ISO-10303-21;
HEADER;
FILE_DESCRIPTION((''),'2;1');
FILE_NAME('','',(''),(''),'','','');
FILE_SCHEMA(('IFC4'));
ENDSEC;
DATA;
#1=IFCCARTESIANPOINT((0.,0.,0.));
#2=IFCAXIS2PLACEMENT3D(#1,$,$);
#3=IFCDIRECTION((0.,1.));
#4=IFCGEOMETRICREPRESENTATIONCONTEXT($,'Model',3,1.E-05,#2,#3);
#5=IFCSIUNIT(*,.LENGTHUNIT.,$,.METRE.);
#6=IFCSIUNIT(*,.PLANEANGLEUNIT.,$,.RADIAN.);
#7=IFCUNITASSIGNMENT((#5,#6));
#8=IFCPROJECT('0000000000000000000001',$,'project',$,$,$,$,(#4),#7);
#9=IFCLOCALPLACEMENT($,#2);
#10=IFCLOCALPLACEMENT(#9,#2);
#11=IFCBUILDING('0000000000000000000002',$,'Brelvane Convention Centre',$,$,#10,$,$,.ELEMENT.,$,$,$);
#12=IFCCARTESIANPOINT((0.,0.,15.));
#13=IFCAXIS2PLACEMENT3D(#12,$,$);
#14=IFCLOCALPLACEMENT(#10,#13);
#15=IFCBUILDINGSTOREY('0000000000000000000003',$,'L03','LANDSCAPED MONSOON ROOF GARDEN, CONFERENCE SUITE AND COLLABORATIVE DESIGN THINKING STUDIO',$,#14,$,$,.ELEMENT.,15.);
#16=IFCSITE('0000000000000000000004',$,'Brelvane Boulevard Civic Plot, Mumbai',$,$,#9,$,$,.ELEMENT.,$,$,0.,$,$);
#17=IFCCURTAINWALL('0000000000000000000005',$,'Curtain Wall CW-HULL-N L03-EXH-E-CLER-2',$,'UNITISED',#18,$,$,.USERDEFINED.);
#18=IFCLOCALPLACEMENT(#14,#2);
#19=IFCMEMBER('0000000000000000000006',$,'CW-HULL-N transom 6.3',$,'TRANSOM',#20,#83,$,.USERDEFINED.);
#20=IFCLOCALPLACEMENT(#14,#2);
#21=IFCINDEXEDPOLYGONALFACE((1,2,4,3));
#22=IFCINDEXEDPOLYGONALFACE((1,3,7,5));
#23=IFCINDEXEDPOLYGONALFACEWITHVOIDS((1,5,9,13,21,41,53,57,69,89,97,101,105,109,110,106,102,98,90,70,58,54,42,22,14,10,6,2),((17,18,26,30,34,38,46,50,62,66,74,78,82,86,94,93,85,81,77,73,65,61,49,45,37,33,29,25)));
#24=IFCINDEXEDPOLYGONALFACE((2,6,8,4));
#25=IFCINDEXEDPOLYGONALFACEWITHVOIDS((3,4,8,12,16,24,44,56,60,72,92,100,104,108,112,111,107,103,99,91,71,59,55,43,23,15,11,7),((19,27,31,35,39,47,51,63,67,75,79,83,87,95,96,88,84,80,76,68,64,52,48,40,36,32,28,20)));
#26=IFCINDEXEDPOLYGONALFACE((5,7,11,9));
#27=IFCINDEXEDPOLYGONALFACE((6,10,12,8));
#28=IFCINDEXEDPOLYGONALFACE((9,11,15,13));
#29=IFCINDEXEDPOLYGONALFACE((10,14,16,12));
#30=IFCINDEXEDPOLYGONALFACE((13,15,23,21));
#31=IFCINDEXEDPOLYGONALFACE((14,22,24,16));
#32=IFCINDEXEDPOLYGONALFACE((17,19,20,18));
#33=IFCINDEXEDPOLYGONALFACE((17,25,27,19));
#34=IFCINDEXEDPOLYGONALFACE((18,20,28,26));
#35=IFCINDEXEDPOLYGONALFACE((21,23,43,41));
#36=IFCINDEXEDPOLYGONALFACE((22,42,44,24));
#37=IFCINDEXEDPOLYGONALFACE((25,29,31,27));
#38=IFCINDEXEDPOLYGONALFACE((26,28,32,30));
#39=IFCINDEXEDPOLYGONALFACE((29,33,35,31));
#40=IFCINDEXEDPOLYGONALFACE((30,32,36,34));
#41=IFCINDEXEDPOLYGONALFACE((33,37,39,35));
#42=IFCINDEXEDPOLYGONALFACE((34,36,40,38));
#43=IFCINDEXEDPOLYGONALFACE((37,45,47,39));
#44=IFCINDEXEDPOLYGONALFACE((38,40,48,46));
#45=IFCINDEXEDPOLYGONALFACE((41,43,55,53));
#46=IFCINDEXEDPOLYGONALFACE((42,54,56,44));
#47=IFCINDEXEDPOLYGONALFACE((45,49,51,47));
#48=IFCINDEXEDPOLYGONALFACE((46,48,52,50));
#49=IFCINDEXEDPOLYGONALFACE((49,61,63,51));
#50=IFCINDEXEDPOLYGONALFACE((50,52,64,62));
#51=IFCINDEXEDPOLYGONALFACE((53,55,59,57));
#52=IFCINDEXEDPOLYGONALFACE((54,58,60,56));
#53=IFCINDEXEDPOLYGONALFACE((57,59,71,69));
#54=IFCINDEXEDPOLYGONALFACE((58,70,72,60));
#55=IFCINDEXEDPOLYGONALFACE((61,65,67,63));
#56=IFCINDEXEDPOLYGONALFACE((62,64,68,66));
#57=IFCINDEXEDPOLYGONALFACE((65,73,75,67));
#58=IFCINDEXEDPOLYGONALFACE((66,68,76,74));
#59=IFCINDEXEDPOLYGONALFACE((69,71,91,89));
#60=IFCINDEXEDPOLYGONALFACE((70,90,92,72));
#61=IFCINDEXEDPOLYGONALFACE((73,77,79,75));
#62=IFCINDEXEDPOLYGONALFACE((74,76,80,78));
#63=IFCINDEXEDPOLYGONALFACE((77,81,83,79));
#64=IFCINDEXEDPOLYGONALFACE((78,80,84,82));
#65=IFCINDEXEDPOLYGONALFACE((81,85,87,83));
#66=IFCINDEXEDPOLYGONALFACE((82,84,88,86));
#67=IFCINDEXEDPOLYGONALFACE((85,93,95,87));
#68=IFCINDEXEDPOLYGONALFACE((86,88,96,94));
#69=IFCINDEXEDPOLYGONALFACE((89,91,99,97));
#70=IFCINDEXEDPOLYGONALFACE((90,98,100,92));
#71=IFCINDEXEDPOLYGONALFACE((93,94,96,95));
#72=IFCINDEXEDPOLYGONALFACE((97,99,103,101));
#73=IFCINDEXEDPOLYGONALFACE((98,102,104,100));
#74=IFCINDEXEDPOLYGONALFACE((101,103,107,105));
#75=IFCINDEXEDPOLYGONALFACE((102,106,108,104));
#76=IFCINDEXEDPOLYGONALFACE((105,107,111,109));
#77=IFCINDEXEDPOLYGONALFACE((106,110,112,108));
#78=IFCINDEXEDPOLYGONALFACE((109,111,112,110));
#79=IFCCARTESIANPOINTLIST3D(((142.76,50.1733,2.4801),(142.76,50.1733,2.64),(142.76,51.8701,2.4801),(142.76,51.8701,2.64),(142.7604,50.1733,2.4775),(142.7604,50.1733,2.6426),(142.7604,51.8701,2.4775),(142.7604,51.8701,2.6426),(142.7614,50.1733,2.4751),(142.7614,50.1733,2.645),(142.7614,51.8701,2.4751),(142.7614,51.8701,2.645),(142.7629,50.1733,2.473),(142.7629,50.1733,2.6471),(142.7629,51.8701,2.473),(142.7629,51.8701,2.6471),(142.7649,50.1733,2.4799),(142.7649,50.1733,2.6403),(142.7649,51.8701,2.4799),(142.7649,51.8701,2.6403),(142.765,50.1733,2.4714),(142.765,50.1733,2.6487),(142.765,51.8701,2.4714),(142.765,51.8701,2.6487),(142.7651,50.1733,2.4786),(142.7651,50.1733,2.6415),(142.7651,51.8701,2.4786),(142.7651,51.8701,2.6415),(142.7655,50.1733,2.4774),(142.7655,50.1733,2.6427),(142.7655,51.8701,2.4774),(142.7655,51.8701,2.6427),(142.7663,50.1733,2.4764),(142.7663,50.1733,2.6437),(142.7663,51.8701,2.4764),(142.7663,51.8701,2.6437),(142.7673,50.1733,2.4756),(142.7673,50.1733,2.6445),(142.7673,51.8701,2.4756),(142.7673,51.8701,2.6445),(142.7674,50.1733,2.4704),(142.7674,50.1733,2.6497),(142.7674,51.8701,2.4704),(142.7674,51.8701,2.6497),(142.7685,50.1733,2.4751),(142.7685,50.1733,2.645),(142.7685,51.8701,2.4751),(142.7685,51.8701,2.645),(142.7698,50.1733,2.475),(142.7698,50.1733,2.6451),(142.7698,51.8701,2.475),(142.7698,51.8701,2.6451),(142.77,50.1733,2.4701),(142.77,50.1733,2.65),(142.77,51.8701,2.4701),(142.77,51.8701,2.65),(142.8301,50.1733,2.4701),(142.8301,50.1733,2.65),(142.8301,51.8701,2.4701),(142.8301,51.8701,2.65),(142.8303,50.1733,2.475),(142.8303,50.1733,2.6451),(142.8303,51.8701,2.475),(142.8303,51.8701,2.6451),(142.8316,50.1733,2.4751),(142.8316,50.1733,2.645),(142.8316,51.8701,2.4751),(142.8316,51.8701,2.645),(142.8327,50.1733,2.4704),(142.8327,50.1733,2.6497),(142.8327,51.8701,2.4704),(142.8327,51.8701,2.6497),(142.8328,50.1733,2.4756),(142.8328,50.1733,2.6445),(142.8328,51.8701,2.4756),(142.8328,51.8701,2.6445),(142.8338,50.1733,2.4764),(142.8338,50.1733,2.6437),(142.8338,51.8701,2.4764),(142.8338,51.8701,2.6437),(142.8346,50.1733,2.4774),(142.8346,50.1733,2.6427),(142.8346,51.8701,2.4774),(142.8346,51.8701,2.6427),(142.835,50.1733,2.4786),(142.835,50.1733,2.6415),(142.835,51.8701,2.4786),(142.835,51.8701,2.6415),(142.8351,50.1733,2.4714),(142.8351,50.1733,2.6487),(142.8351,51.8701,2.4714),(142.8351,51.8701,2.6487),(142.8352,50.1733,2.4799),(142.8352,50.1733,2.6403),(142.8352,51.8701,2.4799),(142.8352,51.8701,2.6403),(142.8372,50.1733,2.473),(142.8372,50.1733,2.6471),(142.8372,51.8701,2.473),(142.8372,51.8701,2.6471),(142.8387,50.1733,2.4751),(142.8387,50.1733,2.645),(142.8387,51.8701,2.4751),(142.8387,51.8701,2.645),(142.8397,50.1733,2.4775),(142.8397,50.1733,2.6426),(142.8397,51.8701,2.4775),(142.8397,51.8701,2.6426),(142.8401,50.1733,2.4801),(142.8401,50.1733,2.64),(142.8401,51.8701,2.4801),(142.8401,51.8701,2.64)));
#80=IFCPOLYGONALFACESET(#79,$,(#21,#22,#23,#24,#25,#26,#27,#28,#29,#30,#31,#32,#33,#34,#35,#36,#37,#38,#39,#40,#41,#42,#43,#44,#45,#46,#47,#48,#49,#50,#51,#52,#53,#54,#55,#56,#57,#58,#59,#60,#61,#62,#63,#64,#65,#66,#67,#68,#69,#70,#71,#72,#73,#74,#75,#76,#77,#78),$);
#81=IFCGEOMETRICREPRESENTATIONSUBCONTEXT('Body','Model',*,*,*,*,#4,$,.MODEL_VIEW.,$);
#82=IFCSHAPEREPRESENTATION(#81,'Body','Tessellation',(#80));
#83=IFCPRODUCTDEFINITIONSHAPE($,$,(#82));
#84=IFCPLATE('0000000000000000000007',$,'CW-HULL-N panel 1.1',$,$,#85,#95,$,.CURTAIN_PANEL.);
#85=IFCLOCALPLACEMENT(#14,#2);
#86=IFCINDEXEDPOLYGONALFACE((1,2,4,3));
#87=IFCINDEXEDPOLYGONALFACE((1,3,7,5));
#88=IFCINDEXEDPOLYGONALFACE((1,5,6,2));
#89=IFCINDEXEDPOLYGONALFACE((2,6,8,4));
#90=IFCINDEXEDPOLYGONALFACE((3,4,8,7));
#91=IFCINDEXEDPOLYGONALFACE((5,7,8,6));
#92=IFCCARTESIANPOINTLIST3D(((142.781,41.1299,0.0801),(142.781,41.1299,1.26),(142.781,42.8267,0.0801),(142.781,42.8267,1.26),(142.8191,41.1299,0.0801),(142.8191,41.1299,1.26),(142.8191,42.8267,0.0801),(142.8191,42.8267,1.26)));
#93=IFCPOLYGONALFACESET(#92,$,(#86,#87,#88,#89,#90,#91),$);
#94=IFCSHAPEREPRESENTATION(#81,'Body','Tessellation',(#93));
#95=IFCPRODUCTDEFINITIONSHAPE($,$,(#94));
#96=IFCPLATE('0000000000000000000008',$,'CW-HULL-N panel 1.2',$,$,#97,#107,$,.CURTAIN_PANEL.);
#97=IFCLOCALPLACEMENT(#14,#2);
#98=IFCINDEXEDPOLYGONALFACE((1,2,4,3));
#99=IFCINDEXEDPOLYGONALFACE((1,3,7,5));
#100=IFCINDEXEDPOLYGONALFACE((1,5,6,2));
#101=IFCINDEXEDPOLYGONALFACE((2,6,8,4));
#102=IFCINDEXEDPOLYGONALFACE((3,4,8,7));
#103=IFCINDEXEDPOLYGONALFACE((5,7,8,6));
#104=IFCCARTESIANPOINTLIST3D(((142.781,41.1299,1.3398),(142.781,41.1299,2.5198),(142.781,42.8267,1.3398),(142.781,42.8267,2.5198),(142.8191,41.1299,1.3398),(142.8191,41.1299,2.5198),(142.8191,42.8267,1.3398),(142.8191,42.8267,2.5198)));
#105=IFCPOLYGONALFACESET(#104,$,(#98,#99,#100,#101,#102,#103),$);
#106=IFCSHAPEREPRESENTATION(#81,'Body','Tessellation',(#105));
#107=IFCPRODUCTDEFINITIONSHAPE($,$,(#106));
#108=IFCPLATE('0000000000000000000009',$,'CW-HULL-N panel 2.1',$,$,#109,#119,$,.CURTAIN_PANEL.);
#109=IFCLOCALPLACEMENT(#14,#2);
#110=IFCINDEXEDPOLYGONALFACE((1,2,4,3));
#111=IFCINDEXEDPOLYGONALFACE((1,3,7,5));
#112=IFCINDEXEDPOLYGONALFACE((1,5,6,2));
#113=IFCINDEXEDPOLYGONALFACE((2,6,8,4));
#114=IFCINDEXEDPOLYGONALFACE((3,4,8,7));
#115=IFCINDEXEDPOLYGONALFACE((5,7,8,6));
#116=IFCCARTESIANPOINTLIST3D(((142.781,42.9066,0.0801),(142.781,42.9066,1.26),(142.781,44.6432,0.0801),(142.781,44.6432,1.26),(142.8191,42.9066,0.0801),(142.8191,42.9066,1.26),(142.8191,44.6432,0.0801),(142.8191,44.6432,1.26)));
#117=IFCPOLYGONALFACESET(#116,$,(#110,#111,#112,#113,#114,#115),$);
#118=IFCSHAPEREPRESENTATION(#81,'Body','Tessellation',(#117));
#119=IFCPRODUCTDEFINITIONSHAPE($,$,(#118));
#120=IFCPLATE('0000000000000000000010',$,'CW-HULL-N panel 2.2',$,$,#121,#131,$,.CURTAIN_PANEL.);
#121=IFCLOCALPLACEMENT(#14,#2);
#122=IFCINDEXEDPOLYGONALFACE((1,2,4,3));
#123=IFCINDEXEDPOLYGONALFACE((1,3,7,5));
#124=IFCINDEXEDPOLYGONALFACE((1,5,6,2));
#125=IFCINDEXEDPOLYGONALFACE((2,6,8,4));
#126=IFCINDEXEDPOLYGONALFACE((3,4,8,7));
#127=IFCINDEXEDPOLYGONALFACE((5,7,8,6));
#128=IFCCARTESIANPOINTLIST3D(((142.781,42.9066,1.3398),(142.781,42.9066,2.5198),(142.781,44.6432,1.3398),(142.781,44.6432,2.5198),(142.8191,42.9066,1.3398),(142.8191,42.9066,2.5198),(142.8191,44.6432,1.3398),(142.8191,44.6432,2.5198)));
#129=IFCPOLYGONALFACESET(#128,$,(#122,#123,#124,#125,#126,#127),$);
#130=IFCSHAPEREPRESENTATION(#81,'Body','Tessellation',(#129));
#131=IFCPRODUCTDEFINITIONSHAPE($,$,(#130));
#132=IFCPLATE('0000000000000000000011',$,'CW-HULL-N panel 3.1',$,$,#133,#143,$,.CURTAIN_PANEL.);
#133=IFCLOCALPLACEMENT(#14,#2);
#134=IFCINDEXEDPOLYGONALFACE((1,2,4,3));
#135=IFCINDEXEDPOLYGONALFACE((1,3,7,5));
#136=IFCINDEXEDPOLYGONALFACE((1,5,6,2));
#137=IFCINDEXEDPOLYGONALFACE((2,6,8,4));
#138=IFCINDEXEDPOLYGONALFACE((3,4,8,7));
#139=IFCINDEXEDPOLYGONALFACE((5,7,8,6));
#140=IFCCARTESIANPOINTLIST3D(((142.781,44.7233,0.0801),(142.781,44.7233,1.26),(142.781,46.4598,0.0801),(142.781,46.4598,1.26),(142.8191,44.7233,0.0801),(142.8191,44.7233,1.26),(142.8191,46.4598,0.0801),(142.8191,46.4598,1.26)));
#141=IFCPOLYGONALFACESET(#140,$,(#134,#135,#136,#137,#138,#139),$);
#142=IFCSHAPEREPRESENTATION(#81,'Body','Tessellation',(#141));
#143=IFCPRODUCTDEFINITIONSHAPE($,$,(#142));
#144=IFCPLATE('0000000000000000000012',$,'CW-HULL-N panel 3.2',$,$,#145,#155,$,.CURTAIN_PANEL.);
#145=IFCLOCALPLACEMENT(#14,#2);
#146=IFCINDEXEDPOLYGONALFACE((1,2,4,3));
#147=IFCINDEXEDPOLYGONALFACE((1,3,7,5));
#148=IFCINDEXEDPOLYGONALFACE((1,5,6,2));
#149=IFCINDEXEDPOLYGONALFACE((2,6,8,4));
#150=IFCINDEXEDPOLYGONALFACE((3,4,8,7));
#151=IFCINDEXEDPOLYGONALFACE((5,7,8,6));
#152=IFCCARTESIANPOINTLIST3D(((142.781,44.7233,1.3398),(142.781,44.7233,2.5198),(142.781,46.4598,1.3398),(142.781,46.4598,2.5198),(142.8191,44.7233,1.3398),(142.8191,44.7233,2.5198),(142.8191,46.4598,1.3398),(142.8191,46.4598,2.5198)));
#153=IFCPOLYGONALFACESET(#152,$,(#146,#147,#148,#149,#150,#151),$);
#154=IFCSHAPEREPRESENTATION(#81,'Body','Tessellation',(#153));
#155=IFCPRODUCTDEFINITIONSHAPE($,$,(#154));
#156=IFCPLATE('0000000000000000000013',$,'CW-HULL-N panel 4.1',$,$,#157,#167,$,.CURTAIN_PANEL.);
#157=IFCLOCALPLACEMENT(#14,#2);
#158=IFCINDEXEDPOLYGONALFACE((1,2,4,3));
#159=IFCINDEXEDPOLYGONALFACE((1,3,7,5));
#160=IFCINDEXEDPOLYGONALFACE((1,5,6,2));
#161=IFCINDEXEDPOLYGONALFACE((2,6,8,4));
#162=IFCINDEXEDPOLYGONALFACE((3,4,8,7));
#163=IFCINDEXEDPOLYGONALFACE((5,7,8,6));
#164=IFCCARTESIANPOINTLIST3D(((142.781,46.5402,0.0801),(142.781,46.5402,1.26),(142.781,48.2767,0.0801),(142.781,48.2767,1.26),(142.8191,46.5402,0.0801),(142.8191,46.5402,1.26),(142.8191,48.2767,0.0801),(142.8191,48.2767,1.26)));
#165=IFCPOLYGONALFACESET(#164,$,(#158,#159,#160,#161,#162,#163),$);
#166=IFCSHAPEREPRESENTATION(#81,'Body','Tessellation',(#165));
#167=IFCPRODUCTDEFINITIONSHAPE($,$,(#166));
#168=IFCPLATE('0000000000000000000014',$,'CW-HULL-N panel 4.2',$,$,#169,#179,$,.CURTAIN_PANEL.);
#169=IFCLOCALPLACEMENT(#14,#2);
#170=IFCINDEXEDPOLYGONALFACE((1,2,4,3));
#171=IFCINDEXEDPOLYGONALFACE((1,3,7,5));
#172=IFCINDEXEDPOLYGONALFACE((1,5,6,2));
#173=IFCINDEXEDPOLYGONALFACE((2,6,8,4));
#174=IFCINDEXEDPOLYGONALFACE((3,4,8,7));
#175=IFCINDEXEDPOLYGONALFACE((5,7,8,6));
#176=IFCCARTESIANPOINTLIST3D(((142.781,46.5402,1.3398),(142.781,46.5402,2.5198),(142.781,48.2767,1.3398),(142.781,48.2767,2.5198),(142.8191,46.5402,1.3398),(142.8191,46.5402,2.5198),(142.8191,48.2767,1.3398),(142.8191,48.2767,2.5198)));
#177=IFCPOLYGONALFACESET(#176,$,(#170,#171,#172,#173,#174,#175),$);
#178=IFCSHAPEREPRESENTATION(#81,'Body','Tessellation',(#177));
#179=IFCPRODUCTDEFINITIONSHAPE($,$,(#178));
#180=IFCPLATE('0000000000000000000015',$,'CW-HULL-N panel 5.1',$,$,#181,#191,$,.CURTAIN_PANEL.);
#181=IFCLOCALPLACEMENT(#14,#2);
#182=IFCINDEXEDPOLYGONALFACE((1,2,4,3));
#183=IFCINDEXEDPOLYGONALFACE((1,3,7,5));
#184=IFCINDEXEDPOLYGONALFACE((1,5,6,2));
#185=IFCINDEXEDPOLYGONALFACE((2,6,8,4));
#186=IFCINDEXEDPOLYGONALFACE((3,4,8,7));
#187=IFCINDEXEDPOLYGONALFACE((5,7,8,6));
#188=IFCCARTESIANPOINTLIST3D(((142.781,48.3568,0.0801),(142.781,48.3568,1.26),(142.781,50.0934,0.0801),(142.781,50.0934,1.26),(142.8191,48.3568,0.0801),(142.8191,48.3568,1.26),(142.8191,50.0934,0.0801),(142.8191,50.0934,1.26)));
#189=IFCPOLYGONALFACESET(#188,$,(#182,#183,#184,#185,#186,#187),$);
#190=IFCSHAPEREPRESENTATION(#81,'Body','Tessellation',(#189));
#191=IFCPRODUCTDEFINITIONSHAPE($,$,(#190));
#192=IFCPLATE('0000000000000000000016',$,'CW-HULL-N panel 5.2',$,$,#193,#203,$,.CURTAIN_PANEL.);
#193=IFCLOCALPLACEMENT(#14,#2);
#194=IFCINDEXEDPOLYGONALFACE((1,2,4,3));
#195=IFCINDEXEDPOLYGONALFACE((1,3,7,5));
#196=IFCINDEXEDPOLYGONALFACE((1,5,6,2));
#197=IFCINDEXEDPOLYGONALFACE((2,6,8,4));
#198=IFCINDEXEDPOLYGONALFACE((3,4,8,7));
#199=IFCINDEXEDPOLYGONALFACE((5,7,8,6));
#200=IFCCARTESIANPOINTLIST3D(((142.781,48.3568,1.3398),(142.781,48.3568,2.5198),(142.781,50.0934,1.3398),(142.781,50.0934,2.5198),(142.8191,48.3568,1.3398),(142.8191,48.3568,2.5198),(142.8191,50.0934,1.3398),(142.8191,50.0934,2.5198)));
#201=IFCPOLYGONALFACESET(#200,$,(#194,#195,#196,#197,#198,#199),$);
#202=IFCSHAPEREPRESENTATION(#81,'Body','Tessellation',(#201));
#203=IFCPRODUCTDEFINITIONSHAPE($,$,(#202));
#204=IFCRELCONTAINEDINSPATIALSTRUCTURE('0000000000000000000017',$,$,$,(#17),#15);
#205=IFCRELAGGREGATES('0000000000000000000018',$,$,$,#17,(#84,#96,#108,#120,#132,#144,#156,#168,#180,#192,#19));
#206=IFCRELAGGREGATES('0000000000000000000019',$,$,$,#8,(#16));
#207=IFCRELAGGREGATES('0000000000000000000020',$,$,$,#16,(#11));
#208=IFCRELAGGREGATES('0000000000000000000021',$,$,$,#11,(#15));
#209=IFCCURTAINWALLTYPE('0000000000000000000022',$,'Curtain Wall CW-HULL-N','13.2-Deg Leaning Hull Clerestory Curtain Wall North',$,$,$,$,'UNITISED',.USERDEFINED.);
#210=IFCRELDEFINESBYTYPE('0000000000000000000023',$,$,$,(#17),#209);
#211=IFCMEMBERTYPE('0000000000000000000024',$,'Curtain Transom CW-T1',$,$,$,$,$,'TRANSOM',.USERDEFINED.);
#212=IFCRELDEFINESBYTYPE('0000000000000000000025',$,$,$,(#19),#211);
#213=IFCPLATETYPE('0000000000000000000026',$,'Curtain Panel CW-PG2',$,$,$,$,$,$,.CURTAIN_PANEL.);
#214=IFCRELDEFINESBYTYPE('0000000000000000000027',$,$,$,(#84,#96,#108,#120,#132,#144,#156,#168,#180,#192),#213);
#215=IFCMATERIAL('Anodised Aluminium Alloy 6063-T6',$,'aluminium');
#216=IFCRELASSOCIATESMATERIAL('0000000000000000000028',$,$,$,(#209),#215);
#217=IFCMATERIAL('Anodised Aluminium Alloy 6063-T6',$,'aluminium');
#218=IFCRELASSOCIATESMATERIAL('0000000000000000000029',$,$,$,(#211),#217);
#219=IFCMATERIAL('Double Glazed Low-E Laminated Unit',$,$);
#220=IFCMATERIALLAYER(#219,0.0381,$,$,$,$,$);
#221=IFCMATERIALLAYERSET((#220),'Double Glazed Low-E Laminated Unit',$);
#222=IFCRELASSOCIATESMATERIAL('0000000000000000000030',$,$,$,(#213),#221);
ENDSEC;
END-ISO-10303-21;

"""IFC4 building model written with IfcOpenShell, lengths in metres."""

from ifc_helpers import new_model, si_unit, direction, frame, origin, origin_2d, place, context, subcontext, project, spatial, rectangle, hollow_rectangle, extrude, material, layer, layer_set, material_profile, profile_set, type_object, element, aggregate, save


model = new_model("IFC4")

# Units and contexts
model_context = context("Model", 3, precision=1e-05, world=origin(), true_north=direction((0.0, 1.0)))
body_context = subcontext(model_context, "Body", "Model", "MODEL_VIEW")
ifc_project = project(units=[si_unit("LENGTHUNIT", "METRE"), si_unit("PLANEANGLEUNIT", "RADIAN")], contexts=[model_context])

# Site, building, storey
site_placement = place(None, origin())
site = spatial("IfcSite", under=ifc_project, at=site_placement, Name="Brelvane Boulevard Civic Plot, Mumbai", CompositionType="ELEMENT", RefElevation=0.0)
building_placement = place(site_placement, origin())
building = spatial("IfcBuilding", under=site, at=building_placement, Name="Brelvane Convention Centre", CompositionType="ELEMENT")
storey_placement = place(building_placement, frame((0.0, 0.0, 15.0)))
storey = spatial("IfcBuildingStorey", under=building, at=storey_placement, Name="L03", Description="LANDSCAPED MONSOON ROOF GARDEN, CONFERENCE SUITE AND COLLABORATIVE DESIGN THINKING STUDIO", CompositionType="ELEMENT", Elevation=15.0)

# Curtain wall, member, plates
ifc_material_1 = material(Name="Anodised Aluminium Alloy 6063-T6", Category="aluminium")
curtain_wall_type = type_object("IfcCurtainWallType", Name="Curtain Wall CW-HULL-N", Description="13.2-Deg Leaning Hull Clerestory Curtain Wall North", ElementType="UNITISED", PredefinedType="USERDEFINED", material=ifc_material_1)
curtain_wall_placement = place(storey_placement, origin())
curtain_wall = element("IfcCurtainWall", 1, at=curtain_wall_placement, inside=storey, type_object=curtain_wall_type, Name="Curtain Wall CW-HULL-N L03-EXH-E-CLER-2", ObjectType="UNITISED", PredefinedType="USERDEFINED")
ifc_material_2 = material(Name="Anodised Aluminium Alloy 6063-T6", Category="aluminium")
ifc_material_profile_1 = material_profile(ifc_material_2, hollow_rectangle(XDim=0.0801, YDim=0.1799, WallThickness=0.0049, InnerFilletRadius=0.0049, OuterFilletRadius=0.01, at=origin_2d()), Name="ALU-T 180x80x5.0")
ifc_profile_set_1 = profile_set([ifc_material_profile_1], Name="Anodised Aluminium Alloy 6063-T6")
member_type_1 = type_object("IfcMemberType", Name="Curtain Transom CW-T1", ElementType="TRANSOM", PredefinedType="USERDEFINED", material=ifc_profile_set_1)
member_1_placement = place(storey_placement, frame((142.8, 50.1733, 2.5601), z_axis=(0.0, 1.0, 0.0), x_axis=(-1.0, 0.0, 0.0)))
member_1 = element("IfcMember", 2, at=member_1_placement, type_object=member_type_1, Name="CW-HULL-N transom 6.3", ObjectType="TRANSOM", PredefinedType="USERDEFINED", context=body_context, shape_type="SweptSolid", body=[
    extrude(hollow_rectangle(XDim=0.0801, YDim=0.1799, WallThickness=0.0049, InnerFilletRadius=0.0049, OuterFilletRadius=0.01, at=origin_2d()), origin(), (0.0, 0.0, 1.0), 1.6968),
])
ifc_material_3 = material(Name="Double Glazed Low-E Laminated Unit")
ifc_layer = layer(ifc_material_3, 0.0381)
ifc_layer_set = layer_set([ifc_layer], Name="Double Glazed Low-E Laminated Unit")
plate_type = type_object("IfcPlateType", Name="Curtain Panel CW-PG2", PredefinedType="CURTAIN_PANEL", material=ifc_layer_set)
plate_1_placement = place(storey_placement, frame((142.8, 41.9783, 0.0801), z_axis=(0.0, 0.0, 1.0), x_axis=(0.0, 1.0, 0.0)))
plate_1 = element("IfcPlate", 3, at=plate_1_placement, type_object=plate_type, Name="CW-HULL-N panel 1.1", PredefinedType="CURTAIN_PANEL", context=body_context, shape_type="SweptSolid", body=[
    extrude(rectangle(XDim=1.6968, YDim=0.0381, at=origin_2d()), origin(), (0.0, 0.0, 1.0), 1.1799),
])
plate_2_placement = place(storey_placement, frame((142.8, 41.9783, 1.3398), z_axis=(0.0, 0.0, 1.0), x_axis=(0.0, 1.0, 0.0)))
plate_2 = element("IfcPlate", 4, at=plate_2_placement, type_object=plate_type, Name="CW-HULL-N panel 1.2", PredefinedType="CURTAIN_PANEL", context=body_context, shape_type="SweptSolid", body=[
    extrude(rectangle(XDim=1.6968, YDim=0.0381, at=origin_2d()), origin(), (0.0, 0.0, 1.0), 1.1799),
])
plate_3_placement = place(storey_placement, frame((142.8, 43.7749, 0.0801), z_axis=(0.0, 0.0, 1.0), x_axis=(0.0, 1.0, 0.0)))
plate_3 = element("IfcPlate", 5, at=plate_3_placement, type_object=plate_type, Name="CW-HULL-N panel 2.1", PredefinedType="CURTAIN_PANEL", context=body_context, shape_type="SweptSolid", body=[
    extrude(rectangle(XDim=1.7366, YDim=0.0381, at=origin_2d()), origin(), (0.0, 0.0, 1.0), 1.1799),
])
plate_4_placement = place(storey_placement, frame((142.8, 43.7749, 1.3398), z_axis=(0.0, 0.0, 1.0), x_axis=(0.0, 1.0, 0.0)))
plate_4 = element("IfcPlate", 6, at=plate_4_placement, type_object=plate_type, Name="CW-HULL-N panel 2.2", PredefinedType="CURTAIN_PANEL", context=body_context, shape_type="SweptSolid", body=[
    extrude(rectangle(XDim=1.7366, YDim=0.0381, at=origin_2d()), origin(), (0.0, 0.0, 1.0), 1.1799),
])
plate_5_placement = place(storey_placement, frame((142.8, 45.5916, 0.0801), z_axis=(0.0, 0.0, 1.0), x_axis=(0.0, 1.0, 0.0)))
plate_5 = element("IfcPlate", 7, at=plate_5_placement, type_object=plate_type, Name="CW-HULL-N panel 3.1", PredefinedType="CURTAIN_PANEL", context=body_context, shape_type="SweptSolid", body=[
    extrude(rectangle(XDim=1.7366, YDim=0.0381, at=origin_2d()), origin(), (0.0, 0.0, 1.0), 1.1799),
])
plate_6_placement = place(storey_placement, frame((142.8, 45.5916, 1.3398), z_axis=(0.0, 0.0, 1.0), x_axis=(0.0, 1.0, 0.0)))
plate_6 = element("IfcPlate", 8, at=plate_6_placement, type_object=plate_type, Name="CW-HULL-N panel 3.2", PredefinedType="CURTAIN_PANEL", context=body_context, shape_type="SweptSolid", body=[
    extrude(rectangle(XDim=1.7366, YDim=0.0381, at=origin_2d()), origin(), (0.0, 0.0, 1.0), 1.1799),
])
plate_7_placement = place(storey_placement, frame((142.8, 47.4084, 0.0801), z_axis=(0.0, 0.0, 1.0), x_axis=(0.0, 1.0, 0.0)))
plate_7 = element("IfcPlate", 9, at=plate_7_placement, type_object=plate_type, Name="CW-HULL-N panel 4.1", PredefinedType="CURTAIN_PANEL", context=body_context, shape_type="SweptSolid", body=[
    extrude(rectangle(XDim=1.7366, YDim=0.0381, at=origin_2d()), origin(), (0.0, 0.0, 1.0), 1.1799),
])
plate_8_placement = place(storey_placement, frame((142.8, 47.4084, 1.3398), z_axis=(0.0, 0.0, 1.0), x_axis=(0.0, 1.0, 0.0)))
plate_8 = element("IfcPlate", 10, at=plate_8_placement, type_object=plate_type, Name="CW-HULL-N panel 4.2", PredefinedType="CURTAIN_PANEL", context=body_context, shape_type="SweptSolid", body=[
    extrude(rectangle(XDim=1.7366, YDim=0.0381, at=origin_2d()), origin(), (0.0, 0.0, 1.0), 1.1799),
])
plate_9_placement = place(storey_placement, frame((142.8, 49.2251, 0.0801), z_axis=(0.0, 0.0, 1.0), x_axis=(0.0, 1.0, 0.0)))
plate_9 = element("IfcPlate", 11, at=plate_9_placement, type_object=plate_type, Name="CW-HULL-N panel 5.1", PredefinedType="CURTAIN_PANEL", context=body_context, shape_type="SweptSolid", body=[
    extrude(rectangle(XDim=1.7366, YDim=0.0381, at=origin_2d()), origin(), (0.0, 0.0, 1.0), 1.1799),
])
plate_10_placement = place(storey_placement, frame((142.8, 49.2251, 1.3398), z_axis=(0.0, 0.0, 1.0), x_axis=(0.0, 1.0, 0.0)))
plate_10 = element("IfcPlate", 12, at=plate_10_placement, type_object=plate_type, Name="CW-HULL-N panel 5.2", PredefinedType="CURTAIN_PANEL", context=body_context, shape_type="SweptSolid", body=[
    extrude(rectangle(XDim=1.7366, YDim=0.0381, at=origin_2d()), origin(), (0.0, 0.0, 1.0), 1.1799),
])
aggregate(curtain_wall, [plate_1, plate_2, plate_3, plate_4, plate_5, plate_6, plate_7, plate_8, plate_9, plate_10, member_1])

save(model, "model.ifc")
